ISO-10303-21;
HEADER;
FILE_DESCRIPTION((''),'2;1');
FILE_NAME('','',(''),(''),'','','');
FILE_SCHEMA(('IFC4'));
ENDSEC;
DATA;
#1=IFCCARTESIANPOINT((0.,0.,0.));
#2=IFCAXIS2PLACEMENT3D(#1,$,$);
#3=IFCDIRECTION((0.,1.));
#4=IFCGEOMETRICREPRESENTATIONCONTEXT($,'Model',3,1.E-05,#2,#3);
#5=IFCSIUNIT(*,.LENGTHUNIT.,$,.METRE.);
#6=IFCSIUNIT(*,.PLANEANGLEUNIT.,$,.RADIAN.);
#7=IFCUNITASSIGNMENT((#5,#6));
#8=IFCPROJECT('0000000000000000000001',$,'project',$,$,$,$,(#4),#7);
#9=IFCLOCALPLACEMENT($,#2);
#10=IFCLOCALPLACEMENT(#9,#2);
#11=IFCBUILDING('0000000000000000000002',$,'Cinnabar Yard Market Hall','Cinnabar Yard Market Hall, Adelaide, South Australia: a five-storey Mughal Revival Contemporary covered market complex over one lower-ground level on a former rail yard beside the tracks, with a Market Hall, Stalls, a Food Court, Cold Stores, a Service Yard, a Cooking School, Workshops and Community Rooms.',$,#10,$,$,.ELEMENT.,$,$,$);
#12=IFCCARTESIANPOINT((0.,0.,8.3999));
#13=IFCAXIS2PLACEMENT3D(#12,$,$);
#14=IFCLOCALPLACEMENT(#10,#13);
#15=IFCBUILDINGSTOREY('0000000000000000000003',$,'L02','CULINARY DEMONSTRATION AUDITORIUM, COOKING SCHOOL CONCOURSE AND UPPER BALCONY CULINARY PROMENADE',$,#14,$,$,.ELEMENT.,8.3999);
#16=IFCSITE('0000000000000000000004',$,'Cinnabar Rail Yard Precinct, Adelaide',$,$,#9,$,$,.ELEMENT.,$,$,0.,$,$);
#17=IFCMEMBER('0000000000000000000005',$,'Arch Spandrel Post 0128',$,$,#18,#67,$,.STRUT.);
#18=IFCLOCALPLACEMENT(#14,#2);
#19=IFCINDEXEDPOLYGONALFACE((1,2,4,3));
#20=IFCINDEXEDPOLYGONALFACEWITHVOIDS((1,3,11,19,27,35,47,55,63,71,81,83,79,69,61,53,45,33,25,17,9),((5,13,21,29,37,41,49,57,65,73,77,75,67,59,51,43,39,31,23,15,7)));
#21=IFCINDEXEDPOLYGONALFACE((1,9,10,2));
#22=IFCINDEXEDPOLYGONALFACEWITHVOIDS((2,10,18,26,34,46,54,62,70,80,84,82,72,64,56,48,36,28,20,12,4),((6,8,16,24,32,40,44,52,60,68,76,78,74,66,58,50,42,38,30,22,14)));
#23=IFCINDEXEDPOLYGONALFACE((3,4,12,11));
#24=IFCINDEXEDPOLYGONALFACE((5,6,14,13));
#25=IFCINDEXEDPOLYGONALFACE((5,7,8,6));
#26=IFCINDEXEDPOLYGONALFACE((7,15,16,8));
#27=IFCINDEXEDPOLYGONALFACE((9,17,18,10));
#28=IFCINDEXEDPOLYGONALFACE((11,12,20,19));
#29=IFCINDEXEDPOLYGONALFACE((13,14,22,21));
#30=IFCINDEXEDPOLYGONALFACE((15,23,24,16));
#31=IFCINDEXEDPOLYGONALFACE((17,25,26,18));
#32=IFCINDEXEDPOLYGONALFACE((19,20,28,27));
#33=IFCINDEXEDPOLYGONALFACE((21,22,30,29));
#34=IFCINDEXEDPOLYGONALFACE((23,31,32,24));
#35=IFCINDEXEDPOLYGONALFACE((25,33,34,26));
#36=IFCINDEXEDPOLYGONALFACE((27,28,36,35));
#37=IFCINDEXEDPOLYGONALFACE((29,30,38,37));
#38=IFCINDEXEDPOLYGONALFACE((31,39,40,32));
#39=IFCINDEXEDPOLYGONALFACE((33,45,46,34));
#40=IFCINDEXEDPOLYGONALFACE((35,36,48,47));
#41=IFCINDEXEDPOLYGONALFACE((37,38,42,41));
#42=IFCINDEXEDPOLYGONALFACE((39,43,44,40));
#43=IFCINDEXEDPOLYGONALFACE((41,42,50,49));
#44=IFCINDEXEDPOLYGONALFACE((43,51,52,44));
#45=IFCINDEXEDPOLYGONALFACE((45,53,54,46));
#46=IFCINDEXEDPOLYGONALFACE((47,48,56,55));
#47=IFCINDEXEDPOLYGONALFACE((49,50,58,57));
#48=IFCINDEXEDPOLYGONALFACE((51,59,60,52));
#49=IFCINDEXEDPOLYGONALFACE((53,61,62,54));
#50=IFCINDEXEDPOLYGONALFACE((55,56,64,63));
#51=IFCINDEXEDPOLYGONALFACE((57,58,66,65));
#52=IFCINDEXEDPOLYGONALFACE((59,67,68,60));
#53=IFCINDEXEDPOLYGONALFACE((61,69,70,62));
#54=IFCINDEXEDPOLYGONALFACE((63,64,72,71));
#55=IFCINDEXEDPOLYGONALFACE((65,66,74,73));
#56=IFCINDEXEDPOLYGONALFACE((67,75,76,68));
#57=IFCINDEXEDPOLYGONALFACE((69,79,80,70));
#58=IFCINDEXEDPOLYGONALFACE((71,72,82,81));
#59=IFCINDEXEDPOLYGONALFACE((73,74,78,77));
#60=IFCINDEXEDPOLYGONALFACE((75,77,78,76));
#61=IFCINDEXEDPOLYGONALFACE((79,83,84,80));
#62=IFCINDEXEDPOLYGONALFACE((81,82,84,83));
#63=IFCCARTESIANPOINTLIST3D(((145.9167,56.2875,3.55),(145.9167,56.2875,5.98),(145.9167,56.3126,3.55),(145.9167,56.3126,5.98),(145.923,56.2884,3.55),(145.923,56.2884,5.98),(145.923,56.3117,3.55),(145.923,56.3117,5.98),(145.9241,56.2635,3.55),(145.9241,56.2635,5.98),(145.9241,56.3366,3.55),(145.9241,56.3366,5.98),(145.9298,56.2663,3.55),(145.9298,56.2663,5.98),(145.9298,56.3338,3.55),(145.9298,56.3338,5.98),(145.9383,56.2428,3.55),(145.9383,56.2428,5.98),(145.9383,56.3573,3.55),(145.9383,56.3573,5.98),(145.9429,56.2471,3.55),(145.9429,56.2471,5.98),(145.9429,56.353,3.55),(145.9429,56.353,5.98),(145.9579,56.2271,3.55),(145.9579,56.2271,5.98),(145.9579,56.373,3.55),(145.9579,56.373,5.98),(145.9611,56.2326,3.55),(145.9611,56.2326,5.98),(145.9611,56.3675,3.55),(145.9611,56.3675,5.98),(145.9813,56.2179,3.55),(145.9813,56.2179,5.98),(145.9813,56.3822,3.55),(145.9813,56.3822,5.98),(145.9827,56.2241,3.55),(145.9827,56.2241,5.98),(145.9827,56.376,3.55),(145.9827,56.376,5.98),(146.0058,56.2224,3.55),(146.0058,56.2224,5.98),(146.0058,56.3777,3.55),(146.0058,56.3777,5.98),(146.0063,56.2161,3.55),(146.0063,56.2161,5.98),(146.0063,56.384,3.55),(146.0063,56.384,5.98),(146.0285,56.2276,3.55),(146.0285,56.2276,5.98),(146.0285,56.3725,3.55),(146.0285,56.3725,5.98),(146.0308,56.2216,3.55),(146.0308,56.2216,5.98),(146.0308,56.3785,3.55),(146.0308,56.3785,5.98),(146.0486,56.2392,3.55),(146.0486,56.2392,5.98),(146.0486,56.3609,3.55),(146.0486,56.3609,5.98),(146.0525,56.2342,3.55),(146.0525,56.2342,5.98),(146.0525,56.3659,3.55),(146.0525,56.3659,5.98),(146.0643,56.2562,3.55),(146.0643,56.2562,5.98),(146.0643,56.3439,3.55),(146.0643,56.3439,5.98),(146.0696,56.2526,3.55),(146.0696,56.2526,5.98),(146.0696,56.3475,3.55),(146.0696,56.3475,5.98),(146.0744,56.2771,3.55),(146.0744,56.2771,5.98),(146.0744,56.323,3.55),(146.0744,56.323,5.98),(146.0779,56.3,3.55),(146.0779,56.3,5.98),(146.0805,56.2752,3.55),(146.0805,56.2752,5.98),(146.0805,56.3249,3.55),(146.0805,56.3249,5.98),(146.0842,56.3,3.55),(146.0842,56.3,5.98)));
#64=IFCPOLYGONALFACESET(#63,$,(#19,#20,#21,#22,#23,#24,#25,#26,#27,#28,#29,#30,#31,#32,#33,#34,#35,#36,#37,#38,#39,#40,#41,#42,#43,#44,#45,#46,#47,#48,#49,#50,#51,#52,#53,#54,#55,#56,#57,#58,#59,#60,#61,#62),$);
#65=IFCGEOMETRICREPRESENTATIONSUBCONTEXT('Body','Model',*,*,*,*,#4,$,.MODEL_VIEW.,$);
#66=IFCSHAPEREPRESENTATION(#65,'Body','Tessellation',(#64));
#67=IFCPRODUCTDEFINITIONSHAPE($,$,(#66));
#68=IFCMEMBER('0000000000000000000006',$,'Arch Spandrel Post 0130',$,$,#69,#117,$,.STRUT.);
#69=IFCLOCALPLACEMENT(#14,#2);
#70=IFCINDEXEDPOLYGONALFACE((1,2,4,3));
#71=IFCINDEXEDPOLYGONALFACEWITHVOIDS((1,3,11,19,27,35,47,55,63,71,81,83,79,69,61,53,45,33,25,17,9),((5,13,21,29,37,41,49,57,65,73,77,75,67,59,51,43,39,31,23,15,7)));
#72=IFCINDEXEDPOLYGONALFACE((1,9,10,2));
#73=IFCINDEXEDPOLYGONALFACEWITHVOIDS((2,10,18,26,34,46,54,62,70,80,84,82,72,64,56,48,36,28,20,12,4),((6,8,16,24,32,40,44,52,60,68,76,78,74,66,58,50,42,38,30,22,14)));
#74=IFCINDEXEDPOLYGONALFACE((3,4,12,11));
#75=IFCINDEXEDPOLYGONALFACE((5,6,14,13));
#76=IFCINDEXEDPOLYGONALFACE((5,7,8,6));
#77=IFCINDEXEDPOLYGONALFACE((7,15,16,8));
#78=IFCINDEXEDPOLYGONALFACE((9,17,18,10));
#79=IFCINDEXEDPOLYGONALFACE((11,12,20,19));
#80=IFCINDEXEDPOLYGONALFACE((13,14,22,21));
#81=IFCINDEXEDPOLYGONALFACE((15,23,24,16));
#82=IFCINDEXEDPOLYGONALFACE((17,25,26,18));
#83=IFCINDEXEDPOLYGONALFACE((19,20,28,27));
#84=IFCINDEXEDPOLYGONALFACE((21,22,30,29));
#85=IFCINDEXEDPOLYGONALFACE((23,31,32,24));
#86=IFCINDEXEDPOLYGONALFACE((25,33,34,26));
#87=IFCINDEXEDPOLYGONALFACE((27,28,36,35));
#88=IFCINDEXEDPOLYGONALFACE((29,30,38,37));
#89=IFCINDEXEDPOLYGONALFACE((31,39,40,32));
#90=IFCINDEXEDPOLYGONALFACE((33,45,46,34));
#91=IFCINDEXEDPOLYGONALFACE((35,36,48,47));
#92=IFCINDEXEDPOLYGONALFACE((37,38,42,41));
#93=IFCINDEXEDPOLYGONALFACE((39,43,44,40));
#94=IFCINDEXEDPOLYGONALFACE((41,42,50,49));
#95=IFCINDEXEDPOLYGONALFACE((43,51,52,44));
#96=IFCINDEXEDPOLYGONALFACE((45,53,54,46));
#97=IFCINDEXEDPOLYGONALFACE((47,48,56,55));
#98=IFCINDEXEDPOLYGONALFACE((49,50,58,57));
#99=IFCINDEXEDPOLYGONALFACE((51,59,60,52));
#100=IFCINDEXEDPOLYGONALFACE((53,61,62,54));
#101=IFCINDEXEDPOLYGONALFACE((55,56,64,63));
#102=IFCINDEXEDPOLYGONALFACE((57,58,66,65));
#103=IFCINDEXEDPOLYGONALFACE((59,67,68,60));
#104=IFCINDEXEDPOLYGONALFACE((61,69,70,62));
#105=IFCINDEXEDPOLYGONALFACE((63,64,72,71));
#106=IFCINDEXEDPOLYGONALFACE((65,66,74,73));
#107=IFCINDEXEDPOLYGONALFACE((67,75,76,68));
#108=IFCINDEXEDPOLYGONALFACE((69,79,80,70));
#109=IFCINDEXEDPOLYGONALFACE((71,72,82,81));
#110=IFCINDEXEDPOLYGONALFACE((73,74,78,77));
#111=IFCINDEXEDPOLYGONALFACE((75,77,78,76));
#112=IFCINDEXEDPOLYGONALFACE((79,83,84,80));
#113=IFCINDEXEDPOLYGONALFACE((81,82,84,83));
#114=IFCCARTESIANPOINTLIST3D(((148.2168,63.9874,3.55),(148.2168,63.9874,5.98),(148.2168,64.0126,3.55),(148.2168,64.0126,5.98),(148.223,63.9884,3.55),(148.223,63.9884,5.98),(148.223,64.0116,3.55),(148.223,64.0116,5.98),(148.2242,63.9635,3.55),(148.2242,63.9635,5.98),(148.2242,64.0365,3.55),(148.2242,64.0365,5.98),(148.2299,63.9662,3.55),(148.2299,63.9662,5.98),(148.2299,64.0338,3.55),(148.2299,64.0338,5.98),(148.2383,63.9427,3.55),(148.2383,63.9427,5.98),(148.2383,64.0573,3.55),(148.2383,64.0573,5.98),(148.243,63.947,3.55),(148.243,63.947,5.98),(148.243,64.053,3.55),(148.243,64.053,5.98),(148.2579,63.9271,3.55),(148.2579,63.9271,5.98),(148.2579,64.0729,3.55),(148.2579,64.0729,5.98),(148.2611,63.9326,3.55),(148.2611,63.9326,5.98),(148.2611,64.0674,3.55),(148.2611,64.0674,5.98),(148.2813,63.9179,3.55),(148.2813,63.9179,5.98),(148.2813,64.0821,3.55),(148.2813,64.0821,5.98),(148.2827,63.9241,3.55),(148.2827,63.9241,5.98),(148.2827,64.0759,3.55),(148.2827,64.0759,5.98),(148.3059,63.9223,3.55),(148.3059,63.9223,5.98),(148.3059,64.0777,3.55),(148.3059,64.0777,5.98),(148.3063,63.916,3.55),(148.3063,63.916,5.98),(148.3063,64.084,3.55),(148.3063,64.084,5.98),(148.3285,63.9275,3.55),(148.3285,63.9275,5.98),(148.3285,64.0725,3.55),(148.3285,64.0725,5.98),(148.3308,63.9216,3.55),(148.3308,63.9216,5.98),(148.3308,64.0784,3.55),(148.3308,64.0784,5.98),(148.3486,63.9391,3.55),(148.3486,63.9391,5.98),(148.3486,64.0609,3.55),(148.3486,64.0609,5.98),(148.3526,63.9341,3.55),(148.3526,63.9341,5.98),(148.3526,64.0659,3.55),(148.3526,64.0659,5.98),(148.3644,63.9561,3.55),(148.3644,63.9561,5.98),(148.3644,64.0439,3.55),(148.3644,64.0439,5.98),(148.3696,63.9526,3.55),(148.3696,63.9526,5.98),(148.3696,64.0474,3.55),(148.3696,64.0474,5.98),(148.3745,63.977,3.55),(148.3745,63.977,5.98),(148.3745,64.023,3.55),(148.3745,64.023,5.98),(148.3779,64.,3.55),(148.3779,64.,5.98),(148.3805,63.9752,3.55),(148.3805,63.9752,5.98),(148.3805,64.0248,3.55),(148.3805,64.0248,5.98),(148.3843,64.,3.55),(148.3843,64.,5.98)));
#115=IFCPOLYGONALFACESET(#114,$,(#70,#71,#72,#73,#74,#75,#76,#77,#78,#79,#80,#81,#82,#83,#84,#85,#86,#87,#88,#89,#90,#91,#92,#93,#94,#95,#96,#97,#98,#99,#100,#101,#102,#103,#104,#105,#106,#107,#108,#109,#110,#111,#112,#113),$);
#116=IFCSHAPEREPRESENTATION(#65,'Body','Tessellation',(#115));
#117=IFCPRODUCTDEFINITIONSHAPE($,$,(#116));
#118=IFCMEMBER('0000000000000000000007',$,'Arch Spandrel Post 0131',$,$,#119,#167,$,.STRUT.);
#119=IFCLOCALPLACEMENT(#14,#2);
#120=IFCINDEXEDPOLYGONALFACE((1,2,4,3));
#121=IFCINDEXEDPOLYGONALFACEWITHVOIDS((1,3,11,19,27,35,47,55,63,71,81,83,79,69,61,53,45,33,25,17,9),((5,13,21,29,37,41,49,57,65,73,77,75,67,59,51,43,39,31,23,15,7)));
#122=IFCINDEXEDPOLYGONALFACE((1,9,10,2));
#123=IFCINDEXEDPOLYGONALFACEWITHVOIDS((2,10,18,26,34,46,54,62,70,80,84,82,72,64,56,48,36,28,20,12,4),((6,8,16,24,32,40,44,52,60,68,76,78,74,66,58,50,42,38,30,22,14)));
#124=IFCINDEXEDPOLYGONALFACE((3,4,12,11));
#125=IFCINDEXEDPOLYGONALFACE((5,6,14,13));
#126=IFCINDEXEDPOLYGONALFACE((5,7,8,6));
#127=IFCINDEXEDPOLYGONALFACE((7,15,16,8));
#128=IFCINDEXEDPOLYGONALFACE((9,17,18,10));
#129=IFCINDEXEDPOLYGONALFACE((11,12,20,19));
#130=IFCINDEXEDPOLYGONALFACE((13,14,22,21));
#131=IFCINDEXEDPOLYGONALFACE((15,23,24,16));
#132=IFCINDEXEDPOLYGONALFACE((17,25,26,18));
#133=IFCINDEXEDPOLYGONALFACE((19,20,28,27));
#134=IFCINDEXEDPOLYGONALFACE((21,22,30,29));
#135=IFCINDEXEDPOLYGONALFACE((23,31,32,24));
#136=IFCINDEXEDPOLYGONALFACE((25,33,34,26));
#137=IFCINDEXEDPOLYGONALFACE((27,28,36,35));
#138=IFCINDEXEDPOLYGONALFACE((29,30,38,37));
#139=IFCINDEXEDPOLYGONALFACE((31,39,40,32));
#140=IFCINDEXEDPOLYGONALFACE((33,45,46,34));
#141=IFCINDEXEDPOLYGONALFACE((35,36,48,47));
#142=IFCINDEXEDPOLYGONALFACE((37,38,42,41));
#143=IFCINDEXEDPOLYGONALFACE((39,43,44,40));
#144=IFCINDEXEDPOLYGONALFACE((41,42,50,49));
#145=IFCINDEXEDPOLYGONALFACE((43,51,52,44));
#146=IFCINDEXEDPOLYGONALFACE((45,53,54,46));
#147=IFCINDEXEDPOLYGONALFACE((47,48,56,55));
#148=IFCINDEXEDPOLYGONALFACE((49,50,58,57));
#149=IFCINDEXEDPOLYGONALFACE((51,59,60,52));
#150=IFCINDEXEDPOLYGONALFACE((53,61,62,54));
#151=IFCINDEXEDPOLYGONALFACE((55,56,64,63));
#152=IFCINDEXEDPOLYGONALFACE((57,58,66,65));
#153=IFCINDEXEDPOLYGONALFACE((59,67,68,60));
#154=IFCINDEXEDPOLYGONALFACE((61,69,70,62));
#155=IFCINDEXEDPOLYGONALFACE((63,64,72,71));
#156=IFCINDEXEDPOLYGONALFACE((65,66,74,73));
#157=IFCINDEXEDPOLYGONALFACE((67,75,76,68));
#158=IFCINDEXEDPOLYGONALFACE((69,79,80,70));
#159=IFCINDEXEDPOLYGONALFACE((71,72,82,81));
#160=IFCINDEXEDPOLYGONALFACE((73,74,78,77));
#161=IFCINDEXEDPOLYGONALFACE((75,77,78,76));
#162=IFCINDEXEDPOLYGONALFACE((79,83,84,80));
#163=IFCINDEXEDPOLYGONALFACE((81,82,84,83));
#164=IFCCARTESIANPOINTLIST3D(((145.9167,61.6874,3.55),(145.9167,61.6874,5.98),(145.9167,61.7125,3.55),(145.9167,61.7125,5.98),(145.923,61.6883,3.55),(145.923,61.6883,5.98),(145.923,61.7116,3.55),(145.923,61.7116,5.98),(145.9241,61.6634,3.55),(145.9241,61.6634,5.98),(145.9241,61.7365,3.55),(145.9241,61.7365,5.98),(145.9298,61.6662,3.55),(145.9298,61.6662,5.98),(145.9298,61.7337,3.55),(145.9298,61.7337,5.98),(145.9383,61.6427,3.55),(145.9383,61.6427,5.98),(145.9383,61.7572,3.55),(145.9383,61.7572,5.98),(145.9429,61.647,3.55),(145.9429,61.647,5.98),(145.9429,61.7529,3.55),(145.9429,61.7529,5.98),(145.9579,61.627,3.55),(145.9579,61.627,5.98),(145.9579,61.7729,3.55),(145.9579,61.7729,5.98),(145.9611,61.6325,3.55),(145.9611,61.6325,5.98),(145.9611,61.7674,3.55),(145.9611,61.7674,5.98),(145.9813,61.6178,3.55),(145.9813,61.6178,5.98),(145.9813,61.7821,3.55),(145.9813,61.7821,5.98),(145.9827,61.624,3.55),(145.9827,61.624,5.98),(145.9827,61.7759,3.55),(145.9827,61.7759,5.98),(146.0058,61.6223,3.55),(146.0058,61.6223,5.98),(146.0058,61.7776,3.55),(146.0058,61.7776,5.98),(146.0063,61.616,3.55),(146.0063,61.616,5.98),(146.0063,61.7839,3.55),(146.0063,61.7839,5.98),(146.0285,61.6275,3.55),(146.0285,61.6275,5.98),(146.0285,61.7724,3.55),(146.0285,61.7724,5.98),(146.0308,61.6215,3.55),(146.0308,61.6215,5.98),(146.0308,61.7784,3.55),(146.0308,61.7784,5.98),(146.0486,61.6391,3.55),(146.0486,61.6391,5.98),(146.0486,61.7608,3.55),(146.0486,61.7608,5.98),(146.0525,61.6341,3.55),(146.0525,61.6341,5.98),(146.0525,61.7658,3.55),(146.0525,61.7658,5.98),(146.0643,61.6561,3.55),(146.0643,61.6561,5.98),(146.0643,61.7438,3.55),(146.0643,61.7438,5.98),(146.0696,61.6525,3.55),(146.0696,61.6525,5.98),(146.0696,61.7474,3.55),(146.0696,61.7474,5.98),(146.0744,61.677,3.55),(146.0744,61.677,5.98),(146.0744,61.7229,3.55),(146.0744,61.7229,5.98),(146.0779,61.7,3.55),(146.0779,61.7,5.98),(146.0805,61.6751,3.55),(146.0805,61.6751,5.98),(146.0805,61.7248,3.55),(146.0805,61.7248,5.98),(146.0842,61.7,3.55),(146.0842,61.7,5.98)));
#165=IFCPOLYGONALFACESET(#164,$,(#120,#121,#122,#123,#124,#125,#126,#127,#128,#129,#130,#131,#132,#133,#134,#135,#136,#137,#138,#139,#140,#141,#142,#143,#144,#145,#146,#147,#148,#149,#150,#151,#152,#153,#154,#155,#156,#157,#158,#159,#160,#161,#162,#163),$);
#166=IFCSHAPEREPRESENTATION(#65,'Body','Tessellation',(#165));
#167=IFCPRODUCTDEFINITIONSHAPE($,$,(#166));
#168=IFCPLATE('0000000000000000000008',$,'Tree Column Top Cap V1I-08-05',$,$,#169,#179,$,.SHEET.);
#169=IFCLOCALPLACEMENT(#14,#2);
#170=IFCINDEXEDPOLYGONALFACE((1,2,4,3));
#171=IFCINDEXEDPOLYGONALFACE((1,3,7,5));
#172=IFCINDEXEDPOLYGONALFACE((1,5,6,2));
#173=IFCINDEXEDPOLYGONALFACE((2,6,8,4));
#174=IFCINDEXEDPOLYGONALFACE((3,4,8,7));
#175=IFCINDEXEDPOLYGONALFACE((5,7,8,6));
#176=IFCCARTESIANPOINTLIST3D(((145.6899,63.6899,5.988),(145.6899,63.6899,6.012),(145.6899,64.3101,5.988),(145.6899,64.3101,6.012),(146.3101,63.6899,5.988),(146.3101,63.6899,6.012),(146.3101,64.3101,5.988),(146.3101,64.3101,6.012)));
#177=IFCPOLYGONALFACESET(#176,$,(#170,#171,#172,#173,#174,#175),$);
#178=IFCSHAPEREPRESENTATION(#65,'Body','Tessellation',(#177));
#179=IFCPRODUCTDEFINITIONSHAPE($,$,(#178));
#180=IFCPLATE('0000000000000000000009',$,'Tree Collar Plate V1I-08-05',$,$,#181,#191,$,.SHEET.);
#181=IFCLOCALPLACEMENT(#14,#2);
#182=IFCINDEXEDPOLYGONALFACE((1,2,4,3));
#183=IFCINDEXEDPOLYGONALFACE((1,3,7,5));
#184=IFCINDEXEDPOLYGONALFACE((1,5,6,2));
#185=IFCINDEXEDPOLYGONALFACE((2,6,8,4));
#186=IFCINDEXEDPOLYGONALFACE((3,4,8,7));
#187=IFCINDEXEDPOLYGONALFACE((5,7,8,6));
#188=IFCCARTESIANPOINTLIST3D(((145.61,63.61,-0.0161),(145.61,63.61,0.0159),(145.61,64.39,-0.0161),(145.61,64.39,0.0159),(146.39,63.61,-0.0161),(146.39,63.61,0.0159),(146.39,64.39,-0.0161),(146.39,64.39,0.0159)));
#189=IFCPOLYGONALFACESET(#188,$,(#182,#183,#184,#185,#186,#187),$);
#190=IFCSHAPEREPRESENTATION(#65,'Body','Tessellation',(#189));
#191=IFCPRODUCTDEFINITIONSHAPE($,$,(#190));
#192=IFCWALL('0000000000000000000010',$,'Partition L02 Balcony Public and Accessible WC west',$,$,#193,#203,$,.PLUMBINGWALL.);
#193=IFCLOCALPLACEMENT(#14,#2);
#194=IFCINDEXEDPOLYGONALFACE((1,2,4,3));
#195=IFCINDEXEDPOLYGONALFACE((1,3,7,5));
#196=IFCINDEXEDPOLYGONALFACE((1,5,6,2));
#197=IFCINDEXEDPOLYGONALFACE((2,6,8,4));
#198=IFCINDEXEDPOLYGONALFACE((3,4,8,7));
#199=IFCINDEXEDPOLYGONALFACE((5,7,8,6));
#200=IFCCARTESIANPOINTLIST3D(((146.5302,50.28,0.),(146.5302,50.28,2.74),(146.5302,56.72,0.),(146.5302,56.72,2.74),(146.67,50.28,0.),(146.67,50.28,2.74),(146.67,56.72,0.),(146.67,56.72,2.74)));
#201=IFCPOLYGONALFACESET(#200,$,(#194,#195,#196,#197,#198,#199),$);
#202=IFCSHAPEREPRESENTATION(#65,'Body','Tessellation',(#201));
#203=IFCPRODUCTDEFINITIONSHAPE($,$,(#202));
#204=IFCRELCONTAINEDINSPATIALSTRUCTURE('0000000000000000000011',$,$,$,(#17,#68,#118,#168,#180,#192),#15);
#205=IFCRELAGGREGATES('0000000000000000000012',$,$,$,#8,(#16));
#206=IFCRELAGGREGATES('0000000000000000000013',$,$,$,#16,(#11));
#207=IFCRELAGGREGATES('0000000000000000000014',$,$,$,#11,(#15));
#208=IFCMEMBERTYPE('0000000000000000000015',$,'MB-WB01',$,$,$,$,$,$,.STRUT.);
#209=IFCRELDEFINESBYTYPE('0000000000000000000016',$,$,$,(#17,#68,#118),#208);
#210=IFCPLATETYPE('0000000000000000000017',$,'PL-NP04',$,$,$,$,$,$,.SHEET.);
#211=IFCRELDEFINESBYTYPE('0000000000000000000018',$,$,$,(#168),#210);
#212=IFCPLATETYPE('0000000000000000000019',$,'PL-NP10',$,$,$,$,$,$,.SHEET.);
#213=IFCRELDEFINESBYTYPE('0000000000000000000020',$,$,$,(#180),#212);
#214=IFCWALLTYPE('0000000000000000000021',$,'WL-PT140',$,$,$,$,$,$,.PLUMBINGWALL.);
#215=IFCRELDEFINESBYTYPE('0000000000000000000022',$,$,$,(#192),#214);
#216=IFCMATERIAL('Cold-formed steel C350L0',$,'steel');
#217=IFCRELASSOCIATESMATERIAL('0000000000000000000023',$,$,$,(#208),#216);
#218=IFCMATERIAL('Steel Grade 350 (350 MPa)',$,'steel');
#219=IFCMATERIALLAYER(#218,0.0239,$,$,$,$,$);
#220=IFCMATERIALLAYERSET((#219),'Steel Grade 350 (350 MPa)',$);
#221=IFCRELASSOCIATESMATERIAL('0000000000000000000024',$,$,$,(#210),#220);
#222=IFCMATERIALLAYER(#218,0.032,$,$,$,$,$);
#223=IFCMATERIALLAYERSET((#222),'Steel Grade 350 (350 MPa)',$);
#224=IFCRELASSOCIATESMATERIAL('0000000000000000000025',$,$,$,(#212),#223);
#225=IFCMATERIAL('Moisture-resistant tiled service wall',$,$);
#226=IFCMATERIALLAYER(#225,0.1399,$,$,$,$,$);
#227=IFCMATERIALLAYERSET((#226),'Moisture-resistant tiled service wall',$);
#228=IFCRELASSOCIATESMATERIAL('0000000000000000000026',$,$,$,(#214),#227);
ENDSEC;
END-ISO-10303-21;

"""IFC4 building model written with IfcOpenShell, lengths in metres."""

from ifc_helpers import new_model, si_unit, direction, frame, frame_2d, origin, origin_2d_with_axis, place, context, subcontext, project, spatial, rectangle, hollow_circle, extrude, material, layer, layer_set, material_profile, profile_set, type_object, element, save


model = new_model("IFC4")

# Units and contexts
model_context = context("Model", 3, precision=1e-05, world=origin(), true_north=direction((0.0, 1.0)))
body_context = subcontext(model_context, "Body", "Model", "MODEL_VIEW")
ifc_project = project(units=[si_unit("LENGTHUNIT", "METRE"), si_unit("PLANEANGLEUNIT", "RADIAN")], contexts=[model_context])

# Site, building, storey
site_placement = place(None, origin())
site = spatial("IfcSite", under=ifc_project, at=site_placement, Name="Cinnabar Rail Yard Precinct, Adelaide", CompositionType="ELEMENT", RefElevation=0.0)
building_placement = place(site_placement, origin())
building = spatial("IfcBuilding", under=site, at=building_placement, Name="Cinnabar Yard Market Hall", Description="Cinnabar Yard Market Hall, Adelaide, South Australia: a five-storey Mughal Revival Contemporary covered market complex over one lower-ground level on a former rail yard beside the tracks, with a Market Hall, Stalls, a Food Court, Cold Stores, a Service Yard, a Cooking School, Workshops and Community Rooms.", CompositionType="ELEMENT")
storey_placement = place(building_placement, frame((0.0, 0.0, 8.3999)))
storey = spatial("IfcBuildingStorey", under=building, at=storey_placement, Name="L02", Description="CULINARY DEMONSTRATION AUDITORIUM, COOKING SCHOOL CONCOURSE AND UPPER BALCONY CULINARY PROMENADE", CompositionType="ELEMENT", Elevation=8.3999)

# Members
ifc_material_1 = material(Name="Cold-formed steel C350L0", Category="steel")
ifc_material_profile_1 = material_profile(ifc_material_1, hollow_circle(Radius=0.0842, WallThickness=0.0063, at=origin_2d_with_axis()), Name="168.3x6.4CHS")
ifc_profile_set_1 = profile_set([ifc_material_profile_1], Name="Cold-formed steel C350L0")
member_type_1 = type_object("IfcMemberType", Name="MB-WB01", PredefinedType="STRUT", material=ifc_profile_set_1)
for number, where, z_axis, x_axis, name in (
    (1, (146.0, 56.3, 3.55), (0.0, 0.0, 1.0), (1.0, 0.0, 0.0), "Arch Spandrel Post 0128"),
    (2, (148.3, 64.0, 3.55), (0.0, 0.0, 1.0), (1.0, 0.0, 0.0), "Arch Spandrel Post 0130"),
    (3, (146.0, 61.7, 3.55), (0.0, 0.0, 1.0), (1.0, 0.0, 0.0), "Arch Spandrel Post 0131"),
):
    element("IfcMember", number, at=place(storey_placement, frame(where, z_axis=z_axis, x_axis=x_axis)), inside=storey, type_object=member_type_1, Name=name, PredefinedType="STRUT", context=body_context, shape_type="SweptSolid", body=[
        extrude(hollow_circle(Radius=0.0842, WallThickness=0.0063, at=origin_2d_with_axis()), origin(), (0.0, 0.0, 1.0), 2.4299),
    ])

# Plates
ifc_material_2 = material(Name="Steel Grade 350 (350 MPa)", Category="steel")
ifc_layer_1 = layer(ifc_material_2, 0.0239)
ifc_layer_set_1 = layer_set([ifc_layer_1], Name="Steel Grade 350 (350 MPa)")
plate_type_1 = type_object("IfcPlateType", Name="PL-NP04", PredefinedType="SHEET", material=ifc_layer_set_1)
plate_1_placement = place(storey_placement, frame((146.0, 64.0, 5.988), z_axis=(0.0, 0.0, 1.0), x_axis=(1.0, 0.0, 0.0)))
element("IfcPlate", 4, at=plate_1_placement, inside=storey, type_object=plate_type_1, Name="Tree Column Top Cap V1I-08-05", PredefinedType="SHEET", context=body_context, shape_type="SweptSolid", body=[
    extrude(rectangle(XDim=0.6201, YDim=0.6201, at=origin_2d_with_axis()), origin(), (0.0, 0.0, 1.0), 0.0239),
])
ifc_layer_2 = layer(ifc_material_2, 0.032)
ifc_layer_set_2 = layer_set([ifc_layer_2], Name="Steel Grade 350 (350 MPa)")
plate_type_2 = type_object("IfcPlateType", Name="PL-NP10", PredefinedType="SHEET", material=ifc_layer_set_2)
plate_2_placement = place(storey_placement, frame((146.0, 64.0, -0.0161), z_axis=(0.0, 0.0, 1.0), x_axis=(1.0, 0.0, 0.0)))
element("IfcPlate", 5, at=plate_2_placement, inside=storey, type_object=plate_type_2, Name="Tree Collar Plate V1I-08-05", PredefinedType="SHEET", context=body_context, shape_type="SweptSolid", body=[
    extrude(rectangle(XDim=0.78, YDim=0.78, at=origin_2d_with_axis()), origin(), (0.0, 0.0, 1.0), 0.032),
])

# Wall
ifc_material_3 = material(Name="Moisture-resistant tiled service wall")
ifc_layer_3 = layer(ifc_material_3, 0.1399)
ifc_layer_set_3 = layer_set([ifc_layer_3], Name="Moisture-resistant tiled service wall")
wall_type_1 = type_object("IfcWallType", Name="WL-PT140", PredefinedType="PLUMBINGWALL", material=ifc_layer_set_3)
wall_1_placement = place(storey_placement, frame((146.6001, 56.72, 0.0), z_axis=(0.0, 0.0, 1.0), x_axis=(0.0, -1.0, 0.0)))
element("IfcWall", 6, at=wall_1_placement, inside=storey, type_object=wall_type_1, Name="Partition L02 Balcony Public and Accessible WC west", PredefinedType="PLUMBINGWALL", context=body_context, shape_type="SweptSolid", body=[
    extrude(rectangle(XDim=6.4399, YDim=0.1399, at=frame_2d((3.22, 0.0), x_axis=(1.0, 0.0))), origin(), (0.0, 0.0, 1.0), 2.74),
])

save(model, "model.ifc")
